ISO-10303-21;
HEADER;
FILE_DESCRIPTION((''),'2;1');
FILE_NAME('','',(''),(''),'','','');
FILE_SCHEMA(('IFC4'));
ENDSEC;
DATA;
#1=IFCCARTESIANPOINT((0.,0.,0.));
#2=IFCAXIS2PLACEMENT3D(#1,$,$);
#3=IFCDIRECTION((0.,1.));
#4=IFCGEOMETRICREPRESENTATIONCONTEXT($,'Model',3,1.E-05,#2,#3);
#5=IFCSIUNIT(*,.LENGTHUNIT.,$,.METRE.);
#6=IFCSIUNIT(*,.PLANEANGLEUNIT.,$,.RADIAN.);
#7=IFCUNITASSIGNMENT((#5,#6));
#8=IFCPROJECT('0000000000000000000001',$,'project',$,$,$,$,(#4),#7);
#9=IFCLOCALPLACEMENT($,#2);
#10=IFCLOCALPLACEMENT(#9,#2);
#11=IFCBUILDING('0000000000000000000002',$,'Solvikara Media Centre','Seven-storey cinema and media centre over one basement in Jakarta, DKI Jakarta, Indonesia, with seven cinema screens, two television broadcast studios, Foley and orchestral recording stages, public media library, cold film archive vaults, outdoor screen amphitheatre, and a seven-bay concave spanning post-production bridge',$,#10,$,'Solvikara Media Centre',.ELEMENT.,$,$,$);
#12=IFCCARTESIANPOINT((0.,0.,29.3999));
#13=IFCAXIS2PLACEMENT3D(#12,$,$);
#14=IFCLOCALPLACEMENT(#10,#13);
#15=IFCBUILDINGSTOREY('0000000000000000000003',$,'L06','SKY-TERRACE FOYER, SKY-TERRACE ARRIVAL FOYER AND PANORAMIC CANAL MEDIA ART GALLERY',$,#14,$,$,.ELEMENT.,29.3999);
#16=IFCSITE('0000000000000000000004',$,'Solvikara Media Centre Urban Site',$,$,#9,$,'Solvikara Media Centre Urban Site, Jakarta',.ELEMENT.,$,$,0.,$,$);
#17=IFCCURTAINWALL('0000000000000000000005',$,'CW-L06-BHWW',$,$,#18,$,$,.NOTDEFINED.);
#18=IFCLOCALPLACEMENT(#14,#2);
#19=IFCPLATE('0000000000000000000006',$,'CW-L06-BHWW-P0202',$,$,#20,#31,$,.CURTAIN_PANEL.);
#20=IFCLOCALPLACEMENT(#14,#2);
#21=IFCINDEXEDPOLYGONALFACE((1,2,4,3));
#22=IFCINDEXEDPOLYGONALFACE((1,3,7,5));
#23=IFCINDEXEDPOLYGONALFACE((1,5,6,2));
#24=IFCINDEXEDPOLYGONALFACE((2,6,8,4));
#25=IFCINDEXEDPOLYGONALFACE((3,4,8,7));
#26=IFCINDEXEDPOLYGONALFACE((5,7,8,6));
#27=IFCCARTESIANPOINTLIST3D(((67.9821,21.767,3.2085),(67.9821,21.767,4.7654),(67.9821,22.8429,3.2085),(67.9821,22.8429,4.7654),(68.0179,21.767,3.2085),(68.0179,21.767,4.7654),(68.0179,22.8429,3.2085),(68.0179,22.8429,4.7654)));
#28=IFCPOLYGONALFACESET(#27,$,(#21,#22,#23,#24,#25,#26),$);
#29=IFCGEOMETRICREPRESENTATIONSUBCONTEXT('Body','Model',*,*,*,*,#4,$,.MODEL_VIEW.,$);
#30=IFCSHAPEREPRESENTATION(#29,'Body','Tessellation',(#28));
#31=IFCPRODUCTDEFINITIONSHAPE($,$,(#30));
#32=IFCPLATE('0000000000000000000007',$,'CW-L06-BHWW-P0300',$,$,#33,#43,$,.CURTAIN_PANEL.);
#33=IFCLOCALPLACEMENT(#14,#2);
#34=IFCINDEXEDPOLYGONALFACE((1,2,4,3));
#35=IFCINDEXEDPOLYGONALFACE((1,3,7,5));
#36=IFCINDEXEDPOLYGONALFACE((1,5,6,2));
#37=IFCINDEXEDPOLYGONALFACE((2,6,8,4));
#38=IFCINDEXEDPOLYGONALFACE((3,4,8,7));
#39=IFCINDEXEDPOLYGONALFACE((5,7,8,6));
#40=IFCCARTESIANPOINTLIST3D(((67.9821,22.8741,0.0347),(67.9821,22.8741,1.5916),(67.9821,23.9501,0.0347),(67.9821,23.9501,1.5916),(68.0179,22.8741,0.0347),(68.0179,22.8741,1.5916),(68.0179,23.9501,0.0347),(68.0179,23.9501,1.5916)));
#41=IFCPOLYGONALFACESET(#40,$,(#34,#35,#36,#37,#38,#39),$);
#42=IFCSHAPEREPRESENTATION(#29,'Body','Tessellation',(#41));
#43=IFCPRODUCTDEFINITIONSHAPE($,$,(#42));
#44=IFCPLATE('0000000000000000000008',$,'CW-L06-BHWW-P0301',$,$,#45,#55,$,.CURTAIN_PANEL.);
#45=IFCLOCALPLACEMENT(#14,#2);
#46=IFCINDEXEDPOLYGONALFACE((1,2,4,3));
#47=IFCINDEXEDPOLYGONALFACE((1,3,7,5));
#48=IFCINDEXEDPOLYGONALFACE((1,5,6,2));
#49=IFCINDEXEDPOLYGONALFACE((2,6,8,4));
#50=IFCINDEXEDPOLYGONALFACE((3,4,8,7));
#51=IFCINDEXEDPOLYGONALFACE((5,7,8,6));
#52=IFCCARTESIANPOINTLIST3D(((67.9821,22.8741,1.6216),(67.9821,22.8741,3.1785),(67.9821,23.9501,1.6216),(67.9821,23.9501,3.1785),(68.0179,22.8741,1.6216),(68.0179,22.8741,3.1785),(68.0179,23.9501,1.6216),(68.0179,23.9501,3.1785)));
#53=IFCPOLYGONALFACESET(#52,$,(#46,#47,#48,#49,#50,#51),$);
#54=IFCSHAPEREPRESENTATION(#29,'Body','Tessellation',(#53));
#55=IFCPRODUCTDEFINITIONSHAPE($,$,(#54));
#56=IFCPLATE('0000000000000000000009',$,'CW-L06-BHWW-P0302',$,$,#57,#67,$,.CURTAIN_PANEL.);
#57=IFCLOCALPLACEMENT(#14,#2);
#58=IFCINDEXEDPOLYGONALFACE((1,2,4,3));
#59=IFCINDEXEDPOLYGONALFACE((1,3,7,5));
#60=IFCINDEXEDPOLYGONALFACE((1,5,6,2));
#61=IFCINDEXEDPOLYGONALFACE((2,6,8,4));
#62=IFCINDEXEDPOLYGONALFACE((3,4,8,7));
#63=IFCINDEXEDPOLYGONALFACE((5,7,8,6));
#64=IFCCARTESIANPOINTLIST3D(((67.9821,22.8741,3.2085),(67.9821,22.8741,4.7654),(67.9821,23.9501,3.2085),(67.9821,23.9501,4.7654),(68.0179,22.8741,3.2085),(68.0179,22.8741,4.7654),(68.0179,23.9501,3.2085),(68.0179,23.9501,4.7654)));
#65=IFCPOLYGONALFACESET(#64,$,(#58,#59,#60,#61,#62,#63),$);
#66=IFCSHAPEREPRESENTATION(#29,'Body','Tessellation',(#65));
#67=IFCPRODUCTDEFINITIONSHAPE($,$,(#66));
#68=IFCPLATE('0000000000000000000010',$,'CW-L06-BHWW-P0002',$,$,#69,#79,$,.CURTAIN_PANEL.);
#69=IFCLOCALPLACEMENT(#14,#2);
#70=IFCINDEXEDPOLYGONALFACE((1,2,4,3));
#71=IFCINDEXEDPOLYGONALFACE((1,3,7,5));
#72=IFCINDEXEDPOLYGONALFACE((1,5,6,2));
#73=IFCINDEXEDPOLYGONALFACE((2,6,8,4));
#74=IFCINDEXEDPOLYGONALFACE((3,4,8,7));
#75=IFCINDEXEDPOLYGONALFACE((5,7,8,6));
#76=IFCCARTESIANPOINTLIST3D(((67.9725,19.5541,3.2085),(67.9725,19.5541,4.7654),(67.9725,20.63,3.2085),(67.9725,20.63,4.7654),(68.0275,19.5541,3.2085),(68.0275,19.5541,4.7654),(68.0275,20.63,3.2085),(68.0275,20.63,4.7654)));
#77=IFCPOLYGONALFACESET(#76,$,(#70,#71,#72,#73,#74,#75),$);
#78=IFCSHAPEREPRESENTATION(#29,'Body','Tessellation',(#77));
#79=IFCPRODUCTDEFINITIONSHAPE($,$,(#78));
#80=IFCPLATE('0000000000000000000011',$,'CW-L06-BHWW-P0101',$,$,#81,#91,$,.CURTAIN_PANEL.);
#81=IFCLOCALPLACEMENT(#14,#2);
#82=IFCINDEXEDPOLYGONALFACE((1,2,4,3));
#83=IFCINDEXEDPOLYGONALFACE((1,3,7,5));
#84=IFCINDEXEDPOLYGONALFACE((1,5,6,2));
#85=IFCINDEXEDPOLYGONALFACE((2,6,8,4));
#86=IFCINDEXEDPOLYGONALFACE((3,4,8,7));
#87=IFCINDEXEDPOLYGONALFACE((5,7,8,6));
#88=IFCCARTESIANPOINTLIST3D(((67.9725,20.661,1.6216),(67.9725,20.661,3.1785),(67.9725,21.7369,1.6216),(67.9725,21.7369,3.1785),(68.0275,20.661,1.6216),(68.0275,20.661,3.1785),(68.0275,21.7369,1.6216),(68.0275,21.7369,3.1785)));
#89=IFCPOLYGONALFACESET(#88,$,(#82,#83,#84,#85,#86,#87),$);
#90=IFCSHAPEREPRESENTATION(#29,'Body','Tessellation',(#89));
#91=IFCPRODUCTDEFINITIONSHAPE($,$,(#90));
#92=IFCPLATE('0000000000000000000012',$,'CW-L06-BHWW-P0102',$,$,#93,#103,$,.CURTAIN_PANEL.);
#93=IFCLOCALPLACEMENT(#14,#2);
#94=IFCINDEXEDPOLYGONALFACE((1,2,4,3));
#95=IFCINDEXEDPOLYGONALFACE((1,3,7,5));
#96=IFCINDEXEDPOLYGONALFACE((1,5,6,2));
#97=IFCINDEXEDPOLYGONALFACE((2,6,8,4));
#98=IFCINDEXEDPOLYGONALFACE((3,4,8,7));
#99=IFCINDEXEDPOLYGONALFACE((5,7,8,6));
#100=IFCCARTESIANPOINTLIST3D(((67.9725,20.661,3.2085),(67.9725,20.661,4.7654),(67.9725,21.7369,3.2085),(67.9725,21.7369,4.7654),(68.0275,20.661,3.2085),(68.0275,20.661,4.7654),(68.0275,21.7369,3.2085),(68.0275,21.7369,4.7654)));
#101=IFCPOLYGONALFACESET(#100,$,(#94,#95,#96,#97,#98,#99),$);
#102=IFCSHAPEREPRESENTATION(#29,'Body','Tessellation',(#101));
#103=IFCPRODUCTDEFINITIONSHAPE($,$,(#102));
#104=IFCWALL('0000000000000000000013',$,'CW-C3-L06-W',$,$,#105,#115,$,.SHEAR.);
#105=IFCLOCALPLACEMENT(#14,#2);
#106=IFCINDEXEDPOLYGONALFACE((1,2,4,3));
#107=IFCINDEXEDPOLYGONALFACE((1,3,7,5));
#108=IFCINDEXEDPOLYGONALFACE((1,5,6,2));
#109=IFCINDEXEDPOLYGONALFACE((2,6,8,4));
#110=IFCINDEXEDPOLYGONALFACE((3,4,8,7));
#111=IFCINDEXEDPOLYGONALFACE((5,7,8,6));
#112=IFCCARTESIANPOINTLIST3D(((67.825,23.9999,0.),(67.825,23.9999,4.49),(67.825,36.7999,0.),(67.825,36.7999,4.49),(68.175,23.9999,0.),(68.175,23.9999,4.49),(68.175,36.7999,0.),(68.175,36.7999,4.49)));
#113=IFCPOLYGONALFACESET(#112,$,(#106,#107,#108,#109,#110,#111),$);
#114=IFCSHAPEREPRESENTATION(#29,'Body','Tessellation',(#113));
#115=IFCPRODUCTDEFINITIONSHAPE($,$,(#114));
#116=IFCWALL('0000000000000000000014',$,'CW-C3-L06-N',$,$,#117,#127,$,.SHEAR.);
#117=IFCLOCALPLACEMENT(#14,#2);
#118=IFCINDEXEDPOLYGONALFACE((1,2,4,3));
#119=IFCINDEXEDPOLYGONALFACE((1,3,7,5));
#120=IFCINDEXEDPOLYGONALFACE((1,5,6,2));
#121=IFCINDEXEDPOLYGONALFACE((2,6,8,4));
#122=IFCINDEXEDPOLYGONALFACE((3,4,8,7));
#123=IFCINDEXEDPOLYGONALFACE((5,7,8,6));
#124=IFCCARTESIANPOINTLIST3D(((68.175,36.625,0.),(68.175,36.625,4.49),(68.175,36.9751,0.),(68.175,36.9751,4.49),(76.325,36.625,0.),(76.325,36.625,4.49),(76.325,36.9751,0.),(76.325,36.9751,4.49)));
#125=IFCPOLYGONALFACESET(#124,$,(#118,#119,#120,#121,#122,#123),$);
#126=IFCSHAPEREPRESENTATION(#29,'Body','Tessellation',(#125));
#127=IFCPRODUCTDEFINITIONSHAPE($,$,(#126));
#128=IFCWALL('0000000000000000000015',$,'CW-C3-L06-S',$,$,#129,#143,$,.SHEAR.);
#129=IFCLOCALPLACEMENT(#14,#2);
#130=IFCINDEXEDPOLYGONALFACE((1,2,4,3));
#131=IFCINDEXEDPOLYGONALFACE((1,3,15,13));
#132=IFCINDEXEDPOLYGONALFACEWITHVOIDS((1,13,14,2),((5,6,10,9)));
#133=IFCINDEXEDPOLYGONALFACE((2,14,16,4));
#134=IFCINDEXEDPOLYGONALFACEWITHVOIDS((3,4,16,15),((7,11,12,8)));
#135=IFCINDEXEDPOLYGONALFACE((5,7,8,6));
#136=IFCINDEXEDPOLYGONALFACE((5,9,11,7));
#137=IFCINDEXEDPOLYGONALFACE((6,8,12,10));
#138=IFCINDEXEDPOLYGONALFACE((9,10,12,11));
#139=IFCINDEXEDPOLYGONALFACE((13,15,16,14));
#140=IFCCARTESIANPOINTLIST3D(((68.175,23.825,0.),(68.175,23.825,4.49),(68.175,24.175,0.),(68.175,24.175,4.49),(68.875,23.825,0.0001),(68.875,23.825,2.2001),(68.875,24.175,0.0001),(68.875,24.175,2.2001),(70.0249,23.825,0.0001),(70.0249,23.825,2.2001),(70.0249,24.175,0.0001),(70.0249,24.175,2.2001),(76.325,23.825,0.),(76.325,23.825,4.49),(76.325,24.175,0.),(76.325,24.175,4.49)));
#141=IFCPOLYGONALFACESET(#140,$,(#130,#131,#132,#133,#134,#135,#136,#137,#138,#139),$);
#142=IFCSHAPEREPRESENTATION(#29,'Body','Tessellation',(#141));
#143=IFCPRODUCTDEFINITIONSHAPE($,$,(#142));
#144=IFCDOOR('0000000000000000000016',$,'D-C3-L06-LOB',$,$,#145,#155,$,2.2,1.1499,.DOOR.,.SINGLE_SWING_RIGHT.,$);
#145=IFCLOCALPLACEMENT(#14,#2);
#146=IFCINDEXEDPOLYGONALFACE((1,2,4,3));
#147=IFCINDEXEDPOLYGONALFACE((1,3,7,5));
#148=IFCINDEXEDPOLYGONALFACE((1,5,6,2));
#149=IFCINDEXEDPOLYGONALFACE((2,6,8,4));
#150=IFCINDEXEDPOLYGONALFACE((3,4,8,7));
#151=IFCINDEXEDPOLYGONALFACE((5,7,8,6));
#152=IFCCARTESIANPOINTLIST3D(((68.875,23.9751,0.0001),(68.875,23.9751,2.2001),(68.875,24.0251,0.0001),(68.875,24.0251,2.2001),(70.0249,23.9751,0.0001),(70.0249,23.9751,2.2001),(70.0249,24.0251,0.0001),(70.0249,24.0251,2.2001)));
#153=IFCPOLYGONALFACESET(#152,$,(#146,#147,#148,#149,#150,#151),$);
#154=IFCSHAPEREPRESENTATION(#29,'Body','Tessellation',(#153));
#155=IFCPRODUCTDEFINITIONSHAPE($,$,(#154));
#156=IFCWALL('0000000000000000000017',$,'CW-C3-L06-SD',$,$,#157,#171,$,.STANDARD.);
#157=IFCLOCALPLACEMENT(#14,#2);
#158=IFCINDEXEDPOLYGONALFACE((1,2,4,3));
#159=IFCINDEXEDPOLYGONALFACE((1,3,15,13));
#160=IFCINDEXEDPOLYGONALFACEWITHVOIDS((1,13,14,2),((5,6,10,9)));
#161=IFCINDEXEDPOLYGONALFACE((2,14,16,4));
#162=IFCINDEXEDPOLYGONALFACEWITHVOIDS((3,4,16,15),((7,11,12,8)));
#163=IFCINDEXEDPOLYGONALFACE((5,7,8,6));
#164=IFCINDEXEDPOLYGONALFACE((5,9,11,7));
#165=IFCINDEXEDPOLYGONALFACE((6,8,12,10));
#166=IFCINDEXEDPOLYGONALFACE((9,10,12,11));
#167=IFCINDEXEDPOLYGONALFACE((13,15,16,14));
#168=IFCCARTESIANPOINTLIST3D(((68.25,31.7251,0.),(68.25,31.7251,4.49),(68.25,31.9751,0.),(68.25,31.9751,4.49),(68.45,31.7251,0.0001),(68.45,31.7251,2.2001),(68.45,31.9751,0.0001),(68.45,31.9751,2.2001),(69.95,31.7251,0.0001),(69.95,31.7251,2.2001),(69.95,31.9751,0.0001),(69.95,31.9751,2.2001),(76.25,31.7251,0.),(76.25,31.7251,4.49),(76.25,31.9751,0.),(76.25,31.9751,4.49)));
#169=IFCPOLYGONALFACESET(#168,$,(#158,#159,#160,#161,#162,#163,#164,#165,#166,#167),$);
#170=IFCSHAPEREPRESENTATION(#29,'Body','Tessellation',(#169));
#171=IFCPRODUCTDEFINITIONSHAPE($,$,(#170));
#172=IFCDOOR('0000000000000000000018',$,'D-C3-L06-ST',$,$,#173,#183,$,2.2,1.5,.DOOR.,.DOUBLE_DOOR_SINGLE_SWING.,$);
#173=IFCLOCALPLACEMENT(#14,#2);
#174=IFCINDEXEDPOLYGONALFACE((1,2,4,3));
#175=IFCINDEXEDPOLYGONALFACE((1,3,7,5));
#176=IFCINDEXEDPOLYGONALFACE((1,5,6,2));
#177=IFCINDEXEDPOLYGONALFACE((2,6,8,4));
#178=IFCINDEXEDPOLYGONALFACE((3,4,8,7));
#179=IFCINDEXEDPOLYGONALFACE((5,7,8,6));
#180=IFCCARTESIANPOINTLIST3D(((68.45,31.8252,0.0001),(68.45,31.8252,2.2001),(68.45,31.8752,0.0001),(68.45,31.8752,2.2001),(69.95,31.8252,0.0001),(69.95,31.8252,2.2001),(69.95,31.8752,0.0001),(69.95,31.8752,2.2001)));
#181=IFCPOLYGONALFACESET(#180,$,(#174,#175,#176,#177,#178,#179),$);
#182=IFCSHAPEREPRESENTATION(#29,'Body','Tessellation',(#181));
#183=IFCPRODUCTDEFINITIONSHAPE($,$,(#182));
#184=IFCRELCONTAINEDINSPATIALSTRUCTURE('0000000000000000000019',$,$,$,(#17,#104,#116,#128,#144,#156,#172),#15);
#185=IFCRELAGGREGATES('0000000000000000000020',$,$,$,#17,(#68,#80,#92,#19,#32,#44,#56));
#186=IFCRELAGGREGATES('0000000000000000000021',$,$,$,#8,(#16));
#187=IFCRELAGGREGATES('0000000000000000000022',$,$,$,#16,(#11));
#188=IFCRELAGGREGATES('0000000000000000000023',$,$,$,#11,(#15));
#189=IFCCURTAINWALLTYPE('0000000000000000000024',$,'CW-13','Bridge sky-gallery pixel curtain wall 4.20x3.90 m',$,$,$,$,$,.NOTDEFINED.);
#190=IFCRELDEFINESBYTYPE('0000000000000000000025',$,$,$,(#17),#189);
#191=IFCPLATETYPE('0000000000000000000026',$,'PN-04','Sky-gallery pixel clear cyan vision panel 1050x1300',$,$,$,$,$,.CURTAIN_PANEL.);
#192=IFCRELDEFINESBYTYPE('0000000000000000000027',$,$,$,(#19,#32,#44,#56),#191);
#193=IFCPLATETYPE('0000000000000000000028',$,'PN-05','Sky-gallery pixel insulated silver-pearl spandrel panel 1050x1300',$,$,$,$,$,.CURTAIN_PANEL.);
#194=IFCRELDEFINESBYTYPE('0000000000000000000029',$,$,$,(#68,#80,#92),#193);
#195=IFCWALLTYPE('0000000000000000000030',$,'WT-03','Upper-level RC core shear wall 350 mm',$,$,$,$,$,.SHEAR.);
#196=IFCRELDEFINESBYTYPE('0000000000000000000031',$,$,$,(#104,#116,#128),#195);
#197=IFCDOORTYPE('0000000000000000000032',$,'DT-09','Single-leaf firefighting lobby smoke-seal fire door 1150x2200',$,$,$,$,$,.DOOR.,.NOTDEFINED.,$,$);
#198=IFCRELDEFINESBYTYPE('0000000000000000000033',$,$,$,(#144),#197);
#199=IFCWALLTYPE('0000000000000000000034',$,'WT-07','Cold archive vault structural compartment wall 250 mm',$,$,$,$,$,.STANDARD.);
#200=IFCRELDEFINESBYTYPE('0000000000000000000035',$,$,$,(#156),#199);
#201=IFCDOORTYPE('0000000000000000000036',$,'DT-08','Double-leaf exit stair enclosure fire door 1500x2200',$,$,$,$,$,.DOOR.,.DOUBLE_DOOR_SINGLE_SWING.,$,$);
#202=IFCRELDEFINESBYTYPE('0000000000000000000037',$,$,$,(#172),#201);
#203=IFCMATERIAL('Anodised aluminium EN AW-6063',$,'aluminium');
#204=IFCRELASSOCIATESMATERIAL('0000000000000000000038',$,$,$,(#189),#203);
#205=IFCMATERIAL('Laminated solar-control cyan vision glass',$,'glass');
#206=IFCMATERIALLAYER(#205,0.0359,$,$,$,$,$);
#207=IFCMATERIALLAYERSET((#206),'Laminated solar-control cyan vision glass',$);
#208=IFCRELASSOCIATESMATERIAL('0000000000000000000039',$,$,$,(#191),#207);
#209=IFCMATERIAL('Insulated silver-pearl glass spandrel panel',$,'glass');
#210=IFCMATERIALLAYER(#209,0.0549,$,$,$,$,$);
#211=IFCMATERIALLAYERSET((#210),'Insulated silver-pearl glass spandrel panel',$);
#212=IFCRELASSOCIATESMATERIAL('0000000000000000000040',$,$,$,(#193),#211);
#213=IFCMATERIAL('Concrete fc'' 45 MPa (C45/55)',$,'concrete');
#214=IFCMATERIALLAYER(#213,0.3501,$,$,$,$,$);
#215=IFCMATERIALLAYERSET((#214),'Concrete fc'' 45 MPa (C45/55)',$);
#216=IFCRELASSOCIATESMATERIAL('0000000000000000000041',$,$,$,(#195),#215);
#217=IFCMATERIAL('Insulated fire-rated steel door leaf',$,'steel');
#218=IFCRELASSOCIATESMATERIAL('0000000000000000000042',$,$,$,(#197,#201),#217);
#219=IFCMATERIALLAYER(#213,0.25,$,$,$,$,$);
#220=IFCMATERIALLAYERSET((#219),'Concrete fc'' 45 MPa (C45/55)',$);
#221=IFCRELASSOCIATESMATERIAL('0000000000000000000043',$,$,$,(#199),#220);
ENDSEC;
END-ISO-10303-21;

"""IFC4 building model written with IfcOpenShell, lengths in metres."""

from ifc_helpers import new_model, si_unit, direction, frame, frame_2d, origin, origin_2d, place, context, subcontext, project, spatial, rectangle, extrude, material, layer, layer_set, type_object, element, fill, aggregate, save


model = new_model("IFC4")

# Units and contexts
model_context = context("Model", 3, precision=1e-05, world=origin(), true_north=direction((0.0, 1.0)))
body_context = subcontext(model_context, "Body", "Model", "MODEL_VIEW")
ifc_project = project(units=[si_unit("LENGTHUNIT", "METRE"), si_unit("PLANEANGLEUNIT", "RADIAN")], contexts=[model_context])

# Site, building, storey
site_placement = place(None, origin())
site = spatial("IfcSite", under=ifc_project, at=site_placement, Name="Solvikara Media Centre Urban Site", LongName="Solvikara Media Centre Urban Site, Jakarta", CompositionType="ELEMENT", RefElevation=0.0)
building_placement = place(site_placement, origin())
building = spatial("IfcBuilding", under=site, at=building_placement, Name="Solvikara Media Centre", Description="Seven-storey cinema and media centre over one basement in Jakarta, DKI Jakarta, Indonesia, with seven cinema screens, two television broadcast studios, Foley and orchestral recording stages, public media library, cold film archive vaults, outdoor screen amphitheatre, and a seven-bay concave spanning post-production bridge", LongName="Solvikara Media Centre", CompositionType="ELEMENT")
storey_placement = place(building_placement, frame((0.0, 0.0, 29.3999)))
storey = spatial("IfcBuildingStorey", under=building, at=storey_placement, Name="L06", Description="SKY-TERRACE FOYER, SKY-TERRACE ARRIVAL FOYER AND PANORAMIC CANAL MEDIA ART GALLERY", CompositionType="ELEMENT", Elevation=29.3999)

# Shared definitions
ifc_material_1 = material(Name="Concrete fc' 45 MPa (C45/55)", Category="concrete")

# Curtain wall
ifc_material_2 = material(Name="Anodised aluminium EN AW-6063", Category="aluminium")
curtain_wall_type = type_object("IfcCurtainWallType", Name="CW-13", Description="Bridge sky-gallery pixel curtain wall 4.20x3.90 m", PredefinedType="NOTDEFINED", material=ifc_material_2)
curtain_wall_placement = place(storey_placement, origin())
curtain_wall = element("IfcCurtainWall", 1, at=curtain_wall_placement, inside=storey, type_object=curtain_wall_type, Name="CW-L06-BHWW", PredefinedType="NOTDEFINED")

# Plates
ifc_material_3 = material(Name="Laminated solar-control cyan vision glass", Category="glass")
ifc_layer_1 = layer(ifc_material_3, 0.0359)
ifc_layer_set_1 = layer_set([ifc_layer_1], Name="Laminated solar-control cyan vision glass")
plate_type_1 = type_object("IfcPlateType", Name="PN-04", Description="Sky-gallery pixel clear cyan vision panel 1050x1300", PredefinedType="CURTAIN_PANEL", material=ifc_layer_set_1)
plate_1_placement = place(storey_placement, frame((68.0, 22.3049, 3.2085), z_axis=(0.0, 0.0, 1.0), x_axis=(0.0, 1.0, 0.0)))
plate_1 = element("IfcPlate", 2, at=plate_1_placement, type_object=plate_type_1, Name="CW-L06-BHWW-P0202", PredefinedType="CURTAIN_PANEL", context=body_context, shape_type="SweptSolid", body=[
    extrude(rectangle(XDim=1.0759, YDim=0.0359, at=origin_2d()), origin(), (0.0, 0.0, 1.0), 1.5569),
])
plate_2_placement = place(storey_placement, frame((68.0, 23.4121, 0.0347), z_axis=(0.0, 0.0, 1.0), x_axis=(0.0, 1.0, 0.0)))
plate_2 = element("IfcPlate", 3, at=plate_2_placement, type_object=plate_type_1, Name="CW-L06-BHWW-P0300", PredefinedType="CURTAIN_PANEL", context=body_context, shape_type="SweptSolid", body=[
    extrude(rectangle(XDim=1.0759, YDim=0.0359, at=origin_2d()), origin(), (0.0, 0.0, 1.0), 1.5569),
])
plate_3_placement = place(storey_placement, frame((68.0, 23.4121, 1.6216), z_axis=(0.0, 0.0, 1.0), x_axis=(0.0, 1.0, 0.0)))
plate_3 = element("IfcPlate", 4, at=plate_3_placement, type_object=plate_type_1, Name="CW-L06-BHWW-P0301", PredefinedType="CURTAIN_PANEL", context=body_context, shape_type="SweptSolid", body=[
    extrude(rectangle(XDim=1.0759, YDim=0.0359, at=origin_2d()), origin(), (0.0, 0.0, 1.0), 1.5569),
])
plate_4_placement = place(storey_placement, frame((68.0, 23.4121, 3.2085), z_axis=(0.0, 0.0, 1.0), x_axis=(0.0, 1.0, 0.0)))
plate_4 = element("IfcPlate", 5, at=plate_4_placement, type_object=plate_type_1, Name="CW-L06-BHWW-P0302", PredefinedType="CURTAIN_PANEL", context=body_context, shape_type="SweptSolid", body=[
    extrude(rectangle(XDim=1.0759, YDim=0.0359, at=origin_2d()), origin(), (0.0, 0.0, 1.0), 1.5569),
])
ifc_material_4 = material(Name="Insulated silver-pearl glass spandrel panel", Category="glass")
ifc_layer_2 = layer(ifc_material_4, 0.0549)
ifc_layer_set_2 = layer_set([ifc_layer_2], Name="Insulated silver-pearl glass spandrel panel")
plate_type_2 = type_object("IfcPlateType", Name="PN-05", Description="Sky-gallery pixel insulated silver-pearl spandrel panel 1050x1300", PredefinedType="CURTAIN_PANEL", material=ifc_layer_set_2)
plate_5_placement = place(storey_placement, frame((68.0, 20.092, 3.2085), z_axis=(0.0, 0.0, 1.0), x_axis=(0.0, 1.0, 0.0)))
plate_5 = element("IfcPlate", 6, at=plate_5_placement, type_object=plate_type_2, Name="CW-L06-BHWW-P0002", PredefinedType="CURTAIN_PANEL", context=body_context, shape_type="SweptSolid", body=[
    extrude(rectangle(XDim=1.0759, YDim=0.0549, at=origin_2d()), origin(), (0.0, 0.0, 1.0), 1.5569),
])
plate_6_placement = place(storey_placement, frame((68.0, 21.199, 1.6216), z_axis=(0.0, 0.0, 1.0), x_axis=(0.0, 1.0, 0.0)))
plate_6 = element("IfcPlate", 7, at=plate_6_placement, type_object=plate_type_2, Name="CW-L06-BHWW-P0101", PredefinedType="CURTAIN_PANEL", context=body_context, shape_type="SweptSolid", body=[
    extrude(rectangle(XDim=1.0759, YDim=0.0549, at=origin_2d()), origin(), (0.0, 0.0, 1.0), 1.5569),
])
plate_7_placement = place(storey_placement, frame((68.0, 21.199, 3.2085), z_axis=(0.0, 0.0, 1.0), x_axis=(0.0, 1.0, 0.0)))
plate_7 = element("IfcPlate", 8, at=plate_7_placement, type_object=plate_type_2, Name="CW-L06-BHWW-P0102", PredefinedType="CURTAIN_PANEL", context=body_context, shape_type="SweptSolid", body=[
    extrude(rectangle(XDim=1.0759, YDim=0.0549, at=origin_2d()), origin(), (0.0, 0.0, 1.0), 1.5569),
])
aggregate(curtain_wall, [plate_5, plate_6, plate_7, plate_1, plate_2, plate_3, plate_4])

# Walls
ifc_layer_3 = layer(ifc_material_1, 0.3501)
ifc_layer_set_3 = layer_set([ifc_layer_3], Name="Concrete fc' 45 MPa (C45/55)")
wall_type_1 = type_object("IfcWallType", Name="WT-03", Description="Upper-level RC core shear wall 350 mm", PredefinedType="SHEAR", material=ifc_layer_set_3)
wall_1_placement = place(storey_placement, frame((68.0, 24.0, 0.0), z_axis=(0.0, 0.0, 1.0), x_axis=(0.0, 1.0, 0.0)))
element("IfcWall", 9, at=wall_1_placement, inside=storey, type_object=wall_type_1, Name="CW-C3-L06-W", PredefinedType="SHEAR", context=body_context, shape_type="SweptSolid", body=[
    extrude(rectangle(XDim=12.8, YDim=0.3501, at=frame_2d((6.3999, 0.0))), origin(), (0.0, 0.0, 1.0), 4.49),
])
wall_2_placement = place(storey_placement, frame((68.175, 36.8, 0.0), z_axis=(0.0, 0.0, 1.0), x_axis=(1.0, 0.0, 0.0)))
element("IfcWall", 10, at=wall_2_placement, inside=storey, type_object=wall_type_1, Name="CW-C3-L06-N", PredefinedType="SHEAR", context=body_context, shape_type="SweptSolid", body=[
    extrude(rectangle(XDim=8.1499, YDim=0.3501, at=frame_2d((4.075, 0.0))), origin(), (0.0, 0.0, 1.0), 4.49),
])

# Walls, openings, doors
wall_3_placement = place(storey_placement, frame((68.175, 24.0, 0.0), z_axis=(0.0, 0.0, 1.0), x_axis=(1.0, 0.0, 0.0)))
wall_3 = element("IfcWall", 11, at=wall_3_placement, inside=storey, type_object=wall_type_1, Name="CW-C3-L06-S", PredefinedType="SHEAR", context=body_context, shape_type="SweptSolid", body=[
    extrude(rectangle(XDim=8.1499, YDim=0.3501, at=frame_2d((4.075, 0.0))), origin(), (0.0, 0.0, 1.0), 4.49),
])
opening_1_placement = place(wall_3_placement, frame((0.7, 0.0, 0.0)))
opening_1 = element("IfcOpeningElement", 12, at=opening_1_placement, cuts=wall_3, PredefinedType="OPENING", context=body_context, shape_type="SweptSolid", body=[
    extrude(rectangle(XDim=1.1499, YDim=2.2, at=frame_2d((0.575, 1.1001))), frame((0.0, 0.187, 0.0), z_axis=(0.0, -1.0, 0.0), x_axis=(1.0, 0.0, 0.0)), (0.0, 0.0, 1.0), 0.374),
])
ifc_material_5 = material(Name="Insulated fire-rated steel door leaf", Category="steel")
door_type_1 = type_object("IfcDoorType", Name="DT-09", Description="Single-leaf firefighting lobby smoke-seal fire door 1150x2200", OperationType="NOTDEFINED", PredefinedType="DOOR", material=ifc_material_5)
door_1_placement = place(opening_1_placement, frame((1.1499, 0.0, 0.0), z_axis=(0.0, 0.0, 1.0), x_axis=(-1.0, 0.0, 0.0)))
door_1 = element("IfcDoor", 13, at=door_1_placement, inside=storey, type_object=door_type_1, Name="D-C3-L06-LOB", OperationType="SINGLE_SWING_RIGHT", OverallHeight=2.2, OverallWidth=1.1499, PredefinedType="DOOR", context=body_context, shape_type="SweptSolid", body=[
    extrude(rectangle(XDim=1.1499, YDim=2.2, at=frame_2d((0.575, 1.1001))), frame((0.0, 0.0249, 0.0), z_axis=(0.0, -1.0, 0.0), x_axis=(1.0, 0.0, 0.0)), (0.0, 0.0, 1.0), 0.05),
])
fill(opening_1, door_1)
ifc_layer_4 = layer(ifc_material_1, 0.25)
ifc_layer_set_4 = layer_set([ifc_layer_4], Name="Concrete fc' 45 MPa (C45/55)")
wall_type_2 = type_object("IfcWallType", Name="WT-07", Description="Cold archive vault structural compartment wall 250 mm", PredefinedType="STANDARD", material=ifc_layer_set_4)
wall_4_placement = place(storey_placement, frame((68.25, 31.8501, 0.0), z_axis=(0.0, 0.0, 1.0), x_axis=(1.0, 0.0, 0.0)))
wall_4 = element("IfcWall", 14, at=wall_4_placement, inside=storey, type_object=wall_type_2, Name="CW-C3-L06-SD", PredefinedType="STANDARD", context=body_context, shape_type="SweptSolid", body=[
    extrude(rectangle(XDim=8.0, YDim=0.25, at=frame_2d((4.0, 0.0))), origin(), (0.0, 0.0, 1.0), 4.49),
])
opening_2_placement = place(wall_4_placement, frame((0.2, 0.0, 0.0)))
opening_2 = element("IfcOpeningElement", 15, at=opening_2_placement, cuts=wall_4, PredefinedType="OPENING", context=body_context, shape_type="SweptSolid", body=[
    extrude(rectangle(XDim=1.5, YDim=2.2, at=frame_2d((0.75, 1.1001))), frame((0.0, 0.137, 0.0), z_axis=(0.0, -1.0, 0.0), x_axis=(1.0, 0.0, 0.0)), (0.0, 0.0, 1.0), 0.2739),
])
door_type_2 = type_object("IfcDoorType", Name="DT-08", Description="Double-leaf exit stair enclosure fire door 1500x2200", OperationType="DOUBLE_DOOR_SINGLE_SWING", PredefinedType="DOOR", material=ifc_material_5)
door_2_placement = place(opening_2_placement, frame((1.5, 0.0, 0.0), z_axis=(0.0, 0.0, 1.0), x_axis=(-1.0, 0.0, 0.0)))
door_2 = element("IfcDoor", 16, at=door_2_placement, inside=storey, type_object=door_type_2, Name="D-C3-L06-ST", OperationType="DOUBLE_DOOR_SINGLE_SWING", OverallHeight=2.2, OverallWidth=1.5, PredefinedType="DOOR", context=body_context, shape_type="SweptSolid", body=[
    extrude(rectangle(XDim=1.5, YDim=2.2, at=frame_2d((0.75, 1.1001))), frame((0.0, 0.0249, 0.0), z_axis=(0.0, -1.0, 0.0), x_axis=(1.0, 0.0, 0.0)), (0.0, 0.0, 1.0), 0.05),
])
fill(opening_2, door_2)

save(model, "model.ifc")
